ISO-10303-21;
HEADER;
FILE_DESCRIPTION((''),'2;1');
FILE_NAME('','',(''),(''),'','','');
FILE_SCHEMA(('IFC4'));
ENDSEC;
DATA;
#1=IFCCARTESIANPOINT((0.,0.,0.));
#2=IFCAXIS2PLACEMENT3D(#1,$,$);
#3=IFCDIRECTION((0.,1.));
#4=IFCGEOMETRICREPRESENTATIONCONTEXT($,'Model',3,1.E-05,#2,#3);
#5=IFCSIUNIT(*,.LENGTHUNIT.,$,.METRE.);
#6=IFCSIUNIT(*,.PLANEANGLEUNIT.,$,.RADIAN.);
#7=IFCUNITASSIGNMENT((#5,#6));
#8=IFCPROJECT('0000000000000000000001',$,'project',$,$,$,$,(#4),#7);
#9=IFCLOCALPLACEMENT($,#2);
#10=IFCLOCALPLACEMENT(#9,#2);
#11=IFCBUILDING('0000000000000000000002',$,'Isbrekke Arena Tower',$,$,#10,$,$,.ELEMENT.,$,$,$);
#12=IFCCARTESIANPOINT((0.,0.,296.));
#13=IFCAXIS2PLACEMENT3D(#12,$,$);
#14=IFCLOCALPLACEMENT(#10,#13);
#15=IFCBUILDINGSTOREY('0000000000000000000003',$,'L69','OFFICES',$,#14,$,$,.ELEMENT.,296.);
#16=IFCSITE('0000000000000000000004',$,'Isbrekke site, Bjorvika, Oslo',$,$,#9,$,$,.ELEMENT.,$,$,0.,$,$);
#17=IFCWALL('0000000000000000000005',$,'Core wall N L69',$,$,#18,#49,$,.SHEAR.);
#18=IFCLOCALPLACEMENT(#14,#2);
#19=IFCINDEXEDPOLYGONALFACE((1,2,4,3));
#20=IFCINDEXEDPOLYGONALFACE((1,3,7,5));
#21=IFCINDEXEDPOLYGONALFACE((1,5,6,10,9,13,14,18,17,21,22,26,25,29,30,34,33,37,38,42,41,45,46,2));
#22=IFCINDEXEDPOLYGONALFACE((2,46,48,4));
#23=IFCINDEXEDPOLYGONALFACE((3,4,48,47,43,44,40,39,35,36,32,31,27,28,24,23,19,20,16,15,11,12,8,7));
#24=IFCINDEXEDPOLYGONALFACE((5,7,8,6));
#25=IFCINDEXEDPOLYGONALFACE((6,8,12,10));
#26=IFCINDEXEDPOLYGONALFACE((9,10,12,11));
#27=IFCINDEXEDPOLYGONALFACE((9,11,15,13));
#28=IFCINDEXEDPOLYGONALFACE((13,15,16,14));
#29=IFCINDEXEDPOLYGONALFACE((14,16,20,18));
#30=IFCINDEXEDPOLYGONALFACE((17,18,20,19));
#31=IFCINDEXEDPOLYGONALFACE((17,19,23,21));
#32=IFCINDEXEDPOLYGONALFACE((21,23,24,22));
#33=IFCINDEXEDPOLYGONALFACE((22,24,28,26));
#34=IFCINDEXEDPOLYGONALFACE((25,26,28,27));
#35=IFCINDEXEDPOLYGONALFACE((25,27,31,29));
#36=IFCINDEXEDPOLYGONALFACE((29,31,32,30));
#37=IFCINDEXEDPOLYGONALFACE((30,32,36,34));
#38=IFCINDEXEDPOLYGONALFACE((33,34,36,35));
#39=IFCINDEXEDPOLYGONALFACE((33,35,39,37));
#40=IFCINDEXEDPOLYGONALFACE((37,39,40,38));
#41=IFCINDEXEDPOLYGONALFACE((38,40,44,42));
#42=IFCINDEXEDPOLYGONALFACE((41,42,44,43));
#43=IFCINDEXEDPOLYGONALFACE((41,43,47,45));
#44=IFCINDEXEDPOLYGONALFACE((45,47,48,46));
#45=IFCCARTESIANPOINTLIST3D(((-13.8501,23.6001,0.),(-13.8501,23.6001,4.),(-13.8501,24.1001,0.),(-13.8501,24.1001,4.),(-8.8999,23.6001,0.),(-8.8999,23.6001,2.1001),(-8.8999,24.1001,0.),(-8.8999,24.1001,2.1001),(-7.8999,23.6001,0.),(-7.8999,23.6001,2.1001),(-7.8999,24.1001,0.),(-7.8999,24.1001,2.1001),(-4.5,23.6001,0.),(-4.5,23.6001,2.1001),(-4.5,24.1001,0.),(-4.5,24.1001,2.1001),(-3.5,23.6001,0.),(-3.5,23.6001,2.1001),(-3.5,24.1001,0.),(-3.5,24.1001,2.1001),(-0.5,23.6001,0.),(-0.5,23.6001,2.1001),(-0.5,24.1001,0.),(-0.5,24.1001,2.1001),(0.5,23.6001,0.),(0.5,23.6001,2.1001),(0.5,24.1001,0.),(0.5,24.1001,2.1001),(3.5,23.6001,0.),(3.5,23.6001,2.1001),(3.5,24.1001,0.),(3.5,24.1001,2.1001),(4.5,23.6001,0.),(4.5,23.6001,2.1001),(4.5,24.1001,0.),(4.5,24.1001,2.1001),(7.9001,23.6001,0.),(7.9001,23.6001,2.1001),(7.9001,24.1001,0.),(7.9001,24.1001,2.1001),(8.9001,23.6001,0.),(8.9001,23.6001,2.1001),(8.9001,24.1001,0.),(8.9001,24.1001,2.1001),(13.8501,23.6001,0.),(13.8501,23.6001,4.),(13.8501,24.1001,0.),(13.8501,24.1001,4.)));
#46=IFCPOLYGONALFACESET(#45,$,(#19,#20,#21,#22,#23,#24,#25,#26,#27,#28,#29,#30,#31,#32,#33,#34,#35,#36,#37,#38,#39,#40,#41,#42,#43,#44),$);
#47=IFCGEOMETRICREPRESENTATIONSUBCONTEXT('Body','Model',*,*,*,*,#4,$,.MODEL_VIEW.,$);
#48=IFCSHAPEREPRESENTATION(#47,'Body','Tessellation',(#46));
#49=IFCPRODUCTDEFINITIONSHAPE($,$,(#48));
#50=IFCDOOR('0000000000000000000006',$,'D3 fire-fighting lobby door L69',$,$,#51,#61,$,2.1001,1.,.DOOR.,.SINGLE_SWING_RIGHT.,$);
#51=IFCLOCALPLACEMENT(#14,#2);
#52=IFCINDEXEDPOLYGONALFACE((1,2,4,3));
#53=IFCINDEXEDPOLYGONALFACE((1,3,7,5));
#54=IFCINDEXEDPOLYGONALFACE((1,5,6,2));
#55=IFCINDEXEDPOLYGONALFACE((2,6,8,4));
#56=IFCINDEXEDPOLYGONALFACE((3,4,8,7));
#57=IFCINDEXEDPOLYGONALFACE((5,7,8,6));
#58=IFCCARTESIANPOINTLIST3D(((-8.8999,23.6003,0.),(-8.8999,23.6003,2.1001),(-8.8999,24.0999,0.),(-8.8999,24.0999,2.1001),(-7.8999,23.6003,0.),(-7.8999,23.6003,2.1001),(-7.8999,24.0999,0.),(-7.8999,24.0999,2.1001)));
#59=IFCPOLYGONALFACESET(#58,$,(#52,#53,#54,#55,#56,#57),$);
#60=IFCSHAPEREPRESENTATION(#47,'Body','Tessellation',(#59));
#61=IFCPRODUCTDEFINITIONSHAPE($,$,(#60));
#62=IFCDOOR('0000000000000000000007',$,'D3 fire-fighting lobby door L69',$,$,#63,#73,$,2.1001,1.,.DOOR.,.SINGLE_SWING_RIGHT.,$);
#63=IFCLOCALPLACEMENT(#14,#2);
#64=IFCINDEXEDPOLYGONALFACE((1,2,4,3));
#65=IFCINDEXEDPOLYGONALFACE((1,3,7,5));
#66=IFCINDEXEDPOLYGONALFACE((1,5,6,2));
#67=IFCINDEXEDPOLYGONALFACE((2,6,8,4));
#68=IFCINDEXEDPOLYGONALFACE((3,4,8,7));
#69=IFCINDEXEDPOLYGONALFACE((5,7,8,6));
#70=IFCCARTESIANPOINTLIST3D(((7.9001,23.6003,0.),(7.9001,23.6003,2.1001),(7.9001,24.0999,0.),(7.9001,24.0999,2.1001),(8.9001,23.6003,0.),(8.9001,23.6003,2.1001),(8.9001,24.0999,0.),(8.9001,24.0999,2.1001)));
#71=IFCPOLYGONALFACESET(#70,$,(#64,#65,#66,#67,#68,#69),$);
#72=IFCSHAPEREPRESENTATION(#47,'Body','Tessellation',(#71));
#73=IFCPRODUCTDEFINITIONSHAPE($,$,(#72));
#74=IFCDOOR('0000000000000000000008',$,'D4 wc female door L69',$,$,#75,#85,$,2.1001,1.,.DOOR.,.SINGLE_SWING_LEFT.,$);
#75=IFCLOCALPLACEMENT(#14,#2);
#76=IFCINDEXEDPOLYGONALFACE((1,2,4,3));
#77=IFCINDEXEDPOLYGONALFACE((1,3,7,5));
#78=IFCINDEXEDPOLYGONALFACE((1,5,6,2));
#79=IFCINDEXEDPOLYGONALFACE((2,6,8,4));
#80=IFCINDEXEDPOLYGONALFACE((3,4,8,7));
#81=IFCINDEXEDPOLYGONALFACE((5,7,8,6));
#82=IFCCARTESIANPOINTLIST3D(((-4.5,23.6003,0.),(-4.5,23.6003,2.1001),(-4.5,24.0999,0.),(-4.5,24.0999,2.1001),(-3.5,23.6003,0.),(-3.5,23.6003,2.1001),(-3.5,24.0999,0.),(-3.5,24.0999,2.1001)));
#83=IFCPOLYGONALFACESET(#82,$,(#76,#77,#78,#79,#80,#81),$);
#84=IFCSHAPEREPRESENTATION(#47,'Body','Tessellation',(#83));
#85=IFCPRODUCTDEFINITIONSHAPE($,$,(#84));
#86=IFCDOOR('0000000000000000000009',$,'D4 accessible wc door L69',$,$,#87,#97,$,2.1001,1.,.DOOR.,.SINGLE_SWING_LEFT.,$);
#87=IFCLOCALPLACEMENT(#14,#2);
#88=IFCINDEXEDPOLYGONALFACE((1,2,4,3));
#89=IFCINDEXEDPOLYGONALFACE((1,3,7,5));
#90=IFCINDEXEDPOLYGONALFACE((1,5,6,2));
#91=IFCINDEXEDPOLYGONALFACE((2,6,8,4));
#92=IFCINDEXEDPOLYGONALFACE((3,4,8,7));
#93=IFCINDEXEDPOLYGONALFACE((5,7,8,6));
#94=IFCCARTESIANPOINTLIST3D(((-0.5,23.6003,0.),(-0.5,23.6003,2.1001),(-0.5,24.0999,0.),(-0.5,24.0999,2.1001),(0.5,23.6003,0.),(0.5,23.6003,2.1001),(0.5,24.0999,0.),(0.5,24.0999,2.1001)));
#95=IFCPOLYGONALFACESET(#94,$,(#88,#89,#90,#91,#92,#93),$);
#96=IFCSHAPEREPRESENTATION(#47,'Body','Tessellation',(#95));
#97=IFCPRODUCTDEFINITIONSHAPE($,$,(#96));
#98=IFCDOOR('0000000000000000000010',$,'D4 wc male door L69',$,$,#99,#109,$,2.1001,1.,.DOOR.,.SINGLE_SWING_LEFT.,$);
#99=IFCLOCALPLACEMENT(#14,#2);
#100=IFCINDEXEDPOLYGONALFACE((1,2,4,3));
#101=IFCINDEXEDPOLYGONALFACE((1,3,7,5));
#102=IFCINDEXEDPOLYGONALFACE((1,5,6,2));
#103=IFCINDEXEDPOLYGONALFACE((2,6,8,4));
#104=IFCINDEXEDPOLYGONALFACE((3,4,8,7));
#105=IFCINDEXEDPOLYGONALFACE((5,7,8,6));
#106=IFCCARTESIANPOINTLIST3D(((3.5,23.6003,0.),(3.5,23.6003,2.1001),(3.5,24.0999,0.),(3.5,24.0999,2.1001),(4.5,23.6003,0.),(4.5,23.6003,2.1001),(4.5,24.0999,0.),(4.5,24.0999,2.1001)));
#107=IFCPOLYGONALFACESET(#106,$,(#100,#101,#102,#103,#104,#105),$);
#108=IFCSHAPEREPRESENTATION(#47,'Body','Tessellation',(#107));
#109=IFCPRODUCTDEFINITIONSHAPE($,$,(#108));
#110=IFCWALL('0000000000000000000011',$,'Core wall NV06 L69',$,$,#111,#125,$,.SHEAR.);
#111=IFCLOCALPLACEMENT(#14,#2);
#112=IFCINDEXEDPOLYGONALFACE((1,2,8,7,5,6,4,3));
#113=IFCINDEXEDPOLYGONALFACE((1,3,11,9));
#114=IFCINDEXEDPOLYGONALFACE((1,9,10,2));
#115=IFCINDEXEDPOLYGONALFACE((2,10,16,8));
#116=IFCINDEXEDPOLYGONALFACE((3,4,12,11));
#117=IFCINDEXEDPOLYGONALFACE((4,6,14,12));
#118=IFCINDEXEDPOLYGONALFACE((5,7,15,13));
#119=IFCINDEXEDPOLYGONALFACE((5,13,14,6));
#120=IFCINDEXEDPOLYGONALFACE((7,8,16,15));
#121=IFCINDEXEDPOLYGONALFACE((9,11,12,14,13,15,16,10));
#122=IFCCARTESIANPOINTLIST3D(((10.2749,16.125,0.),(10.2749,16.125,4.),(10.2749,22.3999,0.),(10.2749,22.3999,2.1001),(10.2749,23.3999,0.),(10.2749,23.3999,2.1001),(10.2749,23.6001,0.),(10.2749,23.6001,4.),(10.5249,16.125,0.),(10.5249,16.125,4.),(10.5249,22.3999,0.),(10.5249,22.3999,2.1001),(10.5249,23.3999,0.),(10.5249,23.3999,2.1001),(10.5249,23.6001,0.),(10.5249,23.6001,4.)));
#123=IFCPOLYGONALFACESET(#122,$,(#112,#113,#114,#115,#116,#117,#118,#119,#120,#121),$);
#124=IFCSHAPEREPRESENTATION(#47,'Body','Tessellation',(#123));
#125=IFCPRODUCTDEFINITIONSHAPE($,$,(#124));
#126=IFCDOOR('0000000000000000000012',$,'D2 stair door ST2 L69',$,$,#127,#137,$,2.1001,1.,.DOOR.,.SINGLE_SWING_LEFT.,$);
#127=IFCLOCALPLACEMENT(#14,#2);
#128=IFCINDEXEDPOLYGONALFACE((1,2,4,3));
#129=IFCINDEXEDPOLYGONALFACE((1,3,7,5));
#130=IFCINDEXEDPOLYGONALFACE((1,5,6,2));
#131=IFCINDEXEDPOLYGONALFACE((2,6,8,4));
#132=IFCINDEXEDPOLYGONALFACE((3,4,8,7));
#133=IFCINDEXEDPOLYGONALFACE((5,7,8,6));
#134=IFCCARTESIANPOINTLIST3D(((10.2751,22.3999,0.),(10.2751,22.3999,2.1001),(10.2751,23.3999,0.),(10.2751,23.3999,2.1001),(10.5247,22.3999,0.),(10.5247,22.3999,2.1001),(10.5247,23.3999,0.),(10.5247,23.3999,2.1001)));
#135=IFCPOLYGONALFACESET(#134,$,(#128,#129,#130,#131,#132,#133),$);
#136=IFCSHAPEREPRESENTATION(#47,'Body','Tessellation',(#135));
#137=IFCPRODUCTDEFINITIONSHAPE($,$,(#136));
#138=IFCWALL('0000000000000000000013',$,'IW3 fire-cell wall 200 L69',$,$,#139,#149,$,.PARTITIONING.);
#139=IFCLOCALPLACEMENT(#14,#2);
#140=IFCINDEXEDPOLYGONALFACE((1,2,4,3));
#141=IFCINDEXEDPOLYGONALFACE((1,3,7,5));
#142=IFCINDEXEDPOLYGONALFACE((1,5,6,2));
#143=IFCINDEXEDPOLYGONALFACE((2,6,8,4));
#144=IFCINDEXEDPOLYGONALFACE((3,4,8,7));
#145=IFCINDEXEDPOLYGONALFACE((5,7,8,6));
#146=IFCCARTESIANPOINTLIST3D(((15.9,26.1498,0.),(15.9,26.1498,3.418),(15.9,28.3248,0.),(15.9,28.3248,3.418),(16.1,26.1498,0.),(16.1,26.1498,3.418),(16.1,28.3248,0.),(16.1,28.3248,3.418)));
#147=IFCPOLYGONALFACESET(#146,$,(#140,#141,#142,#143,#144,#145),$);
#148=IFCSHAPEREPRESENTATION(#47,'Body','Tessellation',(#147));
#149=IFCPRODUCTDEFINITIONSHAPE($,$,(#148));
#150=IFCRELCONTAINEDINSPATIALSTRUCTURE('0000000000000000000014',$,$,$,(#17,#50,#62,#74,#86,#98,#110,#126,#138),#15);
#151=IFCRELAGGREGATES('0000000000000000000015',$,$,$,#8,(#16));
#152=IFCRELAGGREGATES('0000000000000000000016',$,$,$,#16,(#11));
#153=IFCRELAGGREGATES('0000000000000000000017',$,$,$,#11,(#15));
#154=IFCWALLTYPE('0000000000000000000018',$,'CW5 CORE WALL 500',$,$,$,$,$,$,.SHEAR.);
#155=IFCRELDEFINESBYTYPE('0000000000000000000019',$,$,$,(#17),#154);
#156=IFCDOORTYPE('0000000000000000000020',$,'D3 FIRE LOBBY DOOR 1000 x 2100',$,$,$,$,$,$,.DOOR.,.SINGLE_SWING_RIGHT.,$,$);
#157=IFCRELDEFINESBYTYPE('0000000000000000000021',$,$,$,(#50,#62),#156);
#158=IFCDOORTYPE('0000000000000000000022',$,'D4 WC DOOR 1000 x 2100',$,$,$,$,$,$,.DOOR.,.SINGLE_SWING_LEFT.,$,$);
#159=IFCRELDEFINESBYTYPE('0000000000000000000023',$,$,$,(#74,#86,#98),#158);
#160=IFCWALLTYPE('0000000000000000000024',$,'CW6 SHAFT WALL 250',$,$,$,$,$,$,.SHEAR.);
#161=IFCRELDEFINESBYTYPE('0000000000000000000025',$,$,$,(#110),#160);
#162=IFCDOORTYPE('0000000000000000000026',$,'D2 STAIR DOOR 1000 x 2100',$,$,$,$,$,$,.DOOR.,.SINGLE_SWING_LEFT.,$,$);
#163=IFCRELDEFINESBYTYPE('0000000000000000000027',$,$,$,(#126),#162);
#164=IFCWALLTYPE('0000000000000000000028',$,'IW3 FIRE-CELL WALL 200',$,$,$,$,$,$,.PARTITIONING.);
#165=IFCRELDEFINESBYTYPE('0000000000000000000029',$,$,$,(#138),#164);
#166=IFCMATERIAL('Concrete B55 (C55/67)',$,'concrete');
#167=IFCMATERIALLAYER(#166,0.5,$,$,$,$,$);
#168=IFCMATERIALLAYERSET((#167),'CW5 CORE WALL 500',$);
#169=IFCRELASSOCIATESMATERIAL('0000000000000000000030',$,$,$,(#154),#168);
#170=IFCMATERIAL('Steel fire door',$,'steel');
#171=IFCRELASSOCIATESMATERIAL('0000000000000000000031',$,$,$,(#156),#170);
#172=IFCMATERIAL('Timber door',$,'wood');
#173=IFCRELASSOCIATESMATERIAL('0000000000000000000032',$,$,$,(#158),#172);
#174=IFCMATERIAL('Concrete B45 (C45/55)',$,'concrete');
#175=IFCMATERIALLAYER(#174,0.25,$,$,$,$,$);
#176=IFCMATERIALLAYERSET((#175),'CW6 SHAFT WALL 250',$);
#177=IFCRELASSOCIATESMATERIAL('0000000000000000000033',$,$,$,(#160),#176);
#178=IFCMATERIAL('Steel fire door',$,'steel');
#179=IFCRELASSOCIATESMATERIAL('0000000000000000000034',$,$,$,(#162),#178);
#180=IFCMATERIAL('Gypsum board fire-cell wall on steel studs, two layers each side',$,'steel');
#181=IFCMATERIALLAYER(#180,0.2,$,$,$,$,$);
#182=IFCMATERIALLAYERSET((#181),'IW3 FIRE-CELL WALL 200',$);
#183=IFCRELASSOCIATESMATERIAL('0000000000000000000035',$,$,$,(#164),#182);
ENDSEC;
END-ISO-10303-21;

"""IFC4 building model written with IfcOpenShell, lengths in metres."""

from ifc_helpers import new_model, si_unit, direction, frame, frame_2d, origin, place, context, subcontext, project, spatial, rectangle, extrude, material, layer, layer_set, type_object, element, fill, save


model = new_model("IFC4")

# Units and contexts
model_context = context("Model", 3, precision=1e-05, world=origin(), true_north=direction((0.0, 1.0)))
body_context = subcontext(model_context, "Body", "Model", "MODEL_VIEW")
ifc_project = project(units=[si_unit("LENGTHUNIT", "METRE"), si_unit("PLANEANGLEUNIT", "RADIAN")], contexts=[model_context])

# Site, building, storey
site_placement = place(None, origin())
site = spatial("IfcSite", under=ifc_project, at=site_placement, Name="Isbrekke site, Bjorvika, Oslo", CompositionType="ELEMENT", RefElevation=0.0)
building_placement = place(site_placement, origin())
building = spatial("IfcBuilding", under=site, at=building_placement, Name="Isbrekke Arena Tower", CompositionType="ELEMENT")
storey_placement = place(building_placement, frame((0.0, 0.0, 296.0)))
storey = spatial("IfcBuildingStorey", under=building, at=storey_placement, Name="L69", Description="OFFICES", CompositionType="ELEMENT", Elevation=296.0)

# Wall, openings, doors
ifc_material_1 = material(Name="Concrete B55 (C55/67)", Category="concrete")
ifc_layer_1 = layer(ifc_material_1, 0.5)
ifc_layer_set_1 = layer_set([ifc_layer_1], Name="CW5 CORE WALL 500")
wall_type_1 = type_object("IfcWallType", Name="CW5 CORE WALL 500", PredefinedType="SHEAR", material=ifc_layer_set_1)
wall_1_placement = place(storey_placement, frame((13.8501, 23.8501, 0.0), z_axis=(0.0, 0.0, 1.0), x_axis=(-1.0, 0.0, 0.0)))
wall_1 = element("IfcWall", 1, at=wall_1_placement, inside=storey, type_object=wall_type_1, Name="Core wall N L69", PredefinedType="SHEAR", context=body_context, shape_type="SweptSolid", body=[
    extrude(rectangle(XDim=27.7002, YDim=0.5, at=frame_2d((13.8501, 0.0))), origin(), (0.0, 0.0, 1.0), 4.0),
])
opening_1_placement = place(wall_1_placement, frame((21.75, 0.0, 0.0)))
opening_1 = element("IfcOpeningElement", 2, at=opening_1_placement, cuts=wall_1, PredefinedType="OPENING", context=body_context, shape_type="SweptSolid", body=[
    extrude(rectangle(XDim=1.0, YDim=2.1001, at=frame_2d((0.5, 1.05))), frame((0.0, 0.2649, 0.0), z_axis=(0.0, -1.0, 0.0), x_axis=(1.0, 0.0, 0.0)), (0.0, 0.0, 1.0), 0.5298),
])
opening_2_placement = place(wall_1_placement, frame((4.95, 0.0, 0.0)))
opening_2 = element("IfcOpeningElement", 3, at=opening_2_placement, cuts=wall_1, PredefinedType="OPENING", context=body_context, shape_type="SweptSolid", body=[
    extrude(rectangle(XDim=1.0, YDim=2.1001, at=frame_2d((0.5, 1.05))), frame((0.0, 0.2649, 0.0), z_axis=(0.0, -1.0, 0.0), x_axis=(1.0, 0.0, 0.0)), (0.0, 0.0, 1.0), 0.5298),
])
opening_3_placement = place(wall_1_placement, frame((17.3501, 0.0, 0.0)))
opening_3 = element("IfcOpeningElement", 4, at=opening_3_placement, cuts=wall_1, PredefinedType="OPENING", context=body_context, shape_type="SweptSolid", body=[
    extrude(rectangle(XDim=1.0, YDim=2.1001, at=frame_2d((0.5, 1.05))), frame((0.0, 0.2649, 0.0), z_axis=(0.0, -1.0, 0.0), x_axis=(1.0, 0.0, 0.0)), (0.0, 0.0, 1.0), 0.5298),
])
opening_4_placement = place(wall_1_placement, frame((13.3501, 0.0, 0.0)))
opening_4 = element("IfcOpeningElement", 5, at=opening_4_placement, cuts=wall_1, PredefinedType="OPENING", context=body_context, shape_type="SweptSolid", body=[
    extrude(rectangle(XDim=1.0, YDim=2.1001, at=frame_2d((0.5, 1.05))), frame((0.0, 0.2649, 0.0), z_axis=(0.0, -1.0, 0.0), x_axis=(1.0, 0.0, 0.0)), (0.0, 0.0, 1.0), 0.5298),
])
opening_5_placement = place(wall_1_placement, frame((9.3501, 0.0, 0.0)))
opening_5 = element("IfcOpeningElement", 6, at=opening_5_placement, cuts=wall_1, PredefinedType="OPENING", context=body_context, shape_type="SweptSolid", body=[
    extrude(rectangle(XDim=1.0, YDim=2.1001, at=frame_2d((0.5, 1.05))), frame((0.0, 0.2649, 0.0), z_axis=(0.0, -1.0, 0.0), x_axis=(1.0, 0.0, 0.0)), (0.0, 0.0, 1.0), 0.5298),
])
ifc_material_2 = material(Name="Steel fire door", Category="steel")
door_type_1 = type_object("IfcDoorType", Name="D3 FIRE LOBBY DOOR 1000 x 2100", OperationType="SINGLE_SWING_RIGHT", PredefinedType="DOOR", material=ifc_material_2)
door_1_placement = place(opening_1_placement, origin())
door_1 = element("IfcDoor", 7, at=door_1_placement, inside=storey, type_object=door_type_1, Name="D3 fire-fighting lobby door L69", OperationType="SINGLE_SWING_RIGHT", OverallHeight=2.1001, OverallWidth=1.0, PredefinedType="DOOR", context=body_context, shape_type="SweptSolid", body=[
    extrude(rectangle(XDim=1.0, YDim=2.1001, at=frame_2d((0.5, 1.05))), frame((0.0, 0.2498, 0.0), z_axis=(0.0, -1.0, 0.0), x_axis=(1.0, 0.0, 0.0)), (0.0, 0.0, 1.0), 0.4995),
])
fill(opening_1, door_1)
door_2_placement = place(opening_2_placement, origin())
door_2 = element("IfcDoor", 8, at=door_2_placement, inside=storey, type_object=door_type_1, Name="D3 fire-fighting lobby door L69", OperationType="SINGLE_SWING_RIGHT", OverallHeight=2.1001, OverallWidth=1.0, PredefinedType="DOOR", context=body_context, shape_type="SweptSolid", body=[
    extrude(rectangle(XDim=1.0, YDim=2.1001, at=frame_2d((0.5, 1.05))), frame((0.0, 0.2498, 0.0), z_axis=(0.0, -1.0, 0.0), x_axis=(1.0, 0.0, 0.0)), (0.0, 0.0, 1.0), 0.4995),
])
fill(opening_2, door_2)
ifc_material_3 = material(Name="Timber door", Category="wood")
door_type_2 = type_object("IfcDoorType", Name="D4 WC DOOR 1000 x 2100", OperationType="SINGLE_SWING_LEFT", PredefinedType="DOOR", material=ifc_material_3)
door_3_placement = place(opening_3_placement, origin())
door_3 = element("IfcDoor", 9, at=door_3_placement, inside=storey, type_object=door_type_2, Name="D4 wc female door L69", OperationType="SINGLE_SWING_LEFT", OverallHeight=2.1001, OverallWidth=1.0, PredefinedType="DOOR", context=body_context, shape_type="SweptSolid", body=[
    extrude(rectangle(XDim=1.0, YDim=2.1001, at=frame_2d((0.5, 1.05))), frame((0.0, 0.2498, 0.0), z_axis=(0.0, -1.0, 0.0), x_axis=(1.0, 0.0, 0.0)), (0.0, 0.0, 1.0), 0.4995),
])
fill(opening_3, door_3)
door_4_placement = place(opening_4_placement, origin())
door_4 = element("IfcDoor", 10, at=door_4_placement, inside=storey, type_object=door_type_2, Name="D4 accessible wc door L69", OperationType="SINGLE_SWING_LEFT", OverallHeight=2.1001, OverallWidth=1.0, PredefinedType="DOOR", context=body_context, shape_type="SweptSolid", body=[
    extrude(rectangle(XDim=1.0, YDim=2.1001, at=frame_2d((0.5, 1.05))), frame((0.0, 0.2498, 0.0), z_axis=(0.0, -1.0, 0.0), x_axis=(1.0, 0.0, 0.0)), (0.0, 0.0, 1.0), 0.4995),
])
fill(opening_4, door_4)
door_5_placement = place(opening_5_placement, origin())
door_5 = element("IfcDoor", 11, at=door_5_placement, inside=storey, type_object=door_type_2, Name="D4 wc male door L69", OperationType="SINGLE_SWING_LEFT", OverallHeight=2.1001, OverallWidth=1.0, PredefinedType="DOOR", context=body_context, shape_type="SweptSolid", body=[
    extrude(rectangle(XDim=1.0, YDim=2.1001, at=frame_2d((0.5, 1.05))), frame((0.0, 0.2498, 0.0), z_axis=(0.0, -1.0, 0.0), x_axis=(1.0, 0.0, 0.0)), (0.0, 0.0, 1.0), 0.4995),
])
fill(opening_5, door_5)

# Wall, opening, door
ifc_material_4 = material(Name="Concrete B45 (C45/55)", Category="concrete")
ifc_layer_2 = layer(ifc_material_4, 0.25)
ifc_layer_set_2 = layer_set([ifc_layer_2], Name="CW6 SHAFT WALL 250")
wall_type_2 = type_object("IfcWallType", Name="CW6 SHAFT WALL 250", PredefinedType="SHEAR", material=ifc_layer_set_2)
wall_2_placement = place(storey_placement, frame((10.3999, 16.125, 0.0), z_axis=(0.0, 0.0, 1.0), x_axis=(0.0, 1.0, 0.0)))
wall_2 = element("IfcWall", 12, at=wall_2_placement, inside=storey, type_object=wall_type_2, Name="Core wall NV06 L69", PredefinedType="SHEAR", context=body_context, shape_type="SweptSolid", body=[
    extrude(rectangle(XDim=7.4751, YDim=0.25, at=frame_2d((3.7375, 0.0))), origin(), (0.0, 0.0, 1.0), 4.0),
])
opening_6_placement = place(wall_2_placement, frame((6.2749, 0.0, 0.0)))
opening_6 = element("IfcOpeningElement", 13, at=opening_6_placement, cuts=wall_2, PredefinedType="OPENING", context=body_context, shape_type="SweptSolid", body=[
    extrude(rectangle(XDim=1.0, YDim=2.1001, at=frame_2d((0.5, 1.05))), frame((0.0, 0.1399, 0.0), z_axis=(0.0, -1.0, 0.0), x_axis=(1.0, 0.0, 0.0)), (0.0, 0.0, 1.0), 0.2798),
])
ifc_material_5 = material(Name="Steel fire door", Category="steel")
door_type_3 = type_object("IfcDoorType", Name="D2 STAIR DOOR 1000 x 2100", OperationType="SINGLE_SWING_LEFT", PredefinedType="DOOR", material=ifc_material_5)
door_6_placement = place(opening_6_placement, origin())
door_6 = element("IfcDoor", 14, at=door_6_placement, inside=storey, type_object=door_type_3, Name="D2 stair door ST2 L69", OperationType="SINGLE_SWING_LEFT", OverallHeight=2.1001, OverallWidth=1.0, PredefinedType="DOOR", context=body_context, shape_type="SweptSolid", body=[
    extrude(rectangle(XDim=1.0, YDim=2.1001, at=frame_2d((0.5, 1.05))), frame((0.0, 0.1248, 0.0), z_axis=(0.0, -1.0, 0.0), x_axis=(1.0, 0.0, 0.0)), (0.0, 0.0, 1.0), 0.2495),
])
fill(opening_6, door_6)

# Wall
ifc_material_6 = material(Name="Gypsum board fire-cell wall on steel studs, two layers each side", Category="steel")
ifc_layer_3 = layer(ifc_material_6, 0.2)
ifc_layer_set_3 = layer_set([ifc_layer_3], Name="IW3 FIRE-CELL WALL 200")
wall_type_3 = type_object("IfcWallType", Name="IW3 FIRE-CELL WALL 200", PredefinedType="PARTITIONING", material=ifc_layer_set_3)
wall_3_placement = place(storey_placement, frame((16.0, 26.1499, 0.0), z_axis=(0.0, 0.0, 1.0), x_axis=(0.0, 1.0, 0.0)))
element("IfcWall", 15, at=wall_3_placement, inside=storey, type_object=wall_type_3, Name="IW3 fire-cell wall 200 L69", PredefinedType="PARTITIONING", context=body_context, shape_type="SweptSolid", body=[
    extrude(rectangle(XDim=2.175, YDim=0.2, at=frame_2d((1.0874, 0.0))), origin(), (0.0, 0.0, 1.0), 3.418),
])

save(model, "model.ifc")
